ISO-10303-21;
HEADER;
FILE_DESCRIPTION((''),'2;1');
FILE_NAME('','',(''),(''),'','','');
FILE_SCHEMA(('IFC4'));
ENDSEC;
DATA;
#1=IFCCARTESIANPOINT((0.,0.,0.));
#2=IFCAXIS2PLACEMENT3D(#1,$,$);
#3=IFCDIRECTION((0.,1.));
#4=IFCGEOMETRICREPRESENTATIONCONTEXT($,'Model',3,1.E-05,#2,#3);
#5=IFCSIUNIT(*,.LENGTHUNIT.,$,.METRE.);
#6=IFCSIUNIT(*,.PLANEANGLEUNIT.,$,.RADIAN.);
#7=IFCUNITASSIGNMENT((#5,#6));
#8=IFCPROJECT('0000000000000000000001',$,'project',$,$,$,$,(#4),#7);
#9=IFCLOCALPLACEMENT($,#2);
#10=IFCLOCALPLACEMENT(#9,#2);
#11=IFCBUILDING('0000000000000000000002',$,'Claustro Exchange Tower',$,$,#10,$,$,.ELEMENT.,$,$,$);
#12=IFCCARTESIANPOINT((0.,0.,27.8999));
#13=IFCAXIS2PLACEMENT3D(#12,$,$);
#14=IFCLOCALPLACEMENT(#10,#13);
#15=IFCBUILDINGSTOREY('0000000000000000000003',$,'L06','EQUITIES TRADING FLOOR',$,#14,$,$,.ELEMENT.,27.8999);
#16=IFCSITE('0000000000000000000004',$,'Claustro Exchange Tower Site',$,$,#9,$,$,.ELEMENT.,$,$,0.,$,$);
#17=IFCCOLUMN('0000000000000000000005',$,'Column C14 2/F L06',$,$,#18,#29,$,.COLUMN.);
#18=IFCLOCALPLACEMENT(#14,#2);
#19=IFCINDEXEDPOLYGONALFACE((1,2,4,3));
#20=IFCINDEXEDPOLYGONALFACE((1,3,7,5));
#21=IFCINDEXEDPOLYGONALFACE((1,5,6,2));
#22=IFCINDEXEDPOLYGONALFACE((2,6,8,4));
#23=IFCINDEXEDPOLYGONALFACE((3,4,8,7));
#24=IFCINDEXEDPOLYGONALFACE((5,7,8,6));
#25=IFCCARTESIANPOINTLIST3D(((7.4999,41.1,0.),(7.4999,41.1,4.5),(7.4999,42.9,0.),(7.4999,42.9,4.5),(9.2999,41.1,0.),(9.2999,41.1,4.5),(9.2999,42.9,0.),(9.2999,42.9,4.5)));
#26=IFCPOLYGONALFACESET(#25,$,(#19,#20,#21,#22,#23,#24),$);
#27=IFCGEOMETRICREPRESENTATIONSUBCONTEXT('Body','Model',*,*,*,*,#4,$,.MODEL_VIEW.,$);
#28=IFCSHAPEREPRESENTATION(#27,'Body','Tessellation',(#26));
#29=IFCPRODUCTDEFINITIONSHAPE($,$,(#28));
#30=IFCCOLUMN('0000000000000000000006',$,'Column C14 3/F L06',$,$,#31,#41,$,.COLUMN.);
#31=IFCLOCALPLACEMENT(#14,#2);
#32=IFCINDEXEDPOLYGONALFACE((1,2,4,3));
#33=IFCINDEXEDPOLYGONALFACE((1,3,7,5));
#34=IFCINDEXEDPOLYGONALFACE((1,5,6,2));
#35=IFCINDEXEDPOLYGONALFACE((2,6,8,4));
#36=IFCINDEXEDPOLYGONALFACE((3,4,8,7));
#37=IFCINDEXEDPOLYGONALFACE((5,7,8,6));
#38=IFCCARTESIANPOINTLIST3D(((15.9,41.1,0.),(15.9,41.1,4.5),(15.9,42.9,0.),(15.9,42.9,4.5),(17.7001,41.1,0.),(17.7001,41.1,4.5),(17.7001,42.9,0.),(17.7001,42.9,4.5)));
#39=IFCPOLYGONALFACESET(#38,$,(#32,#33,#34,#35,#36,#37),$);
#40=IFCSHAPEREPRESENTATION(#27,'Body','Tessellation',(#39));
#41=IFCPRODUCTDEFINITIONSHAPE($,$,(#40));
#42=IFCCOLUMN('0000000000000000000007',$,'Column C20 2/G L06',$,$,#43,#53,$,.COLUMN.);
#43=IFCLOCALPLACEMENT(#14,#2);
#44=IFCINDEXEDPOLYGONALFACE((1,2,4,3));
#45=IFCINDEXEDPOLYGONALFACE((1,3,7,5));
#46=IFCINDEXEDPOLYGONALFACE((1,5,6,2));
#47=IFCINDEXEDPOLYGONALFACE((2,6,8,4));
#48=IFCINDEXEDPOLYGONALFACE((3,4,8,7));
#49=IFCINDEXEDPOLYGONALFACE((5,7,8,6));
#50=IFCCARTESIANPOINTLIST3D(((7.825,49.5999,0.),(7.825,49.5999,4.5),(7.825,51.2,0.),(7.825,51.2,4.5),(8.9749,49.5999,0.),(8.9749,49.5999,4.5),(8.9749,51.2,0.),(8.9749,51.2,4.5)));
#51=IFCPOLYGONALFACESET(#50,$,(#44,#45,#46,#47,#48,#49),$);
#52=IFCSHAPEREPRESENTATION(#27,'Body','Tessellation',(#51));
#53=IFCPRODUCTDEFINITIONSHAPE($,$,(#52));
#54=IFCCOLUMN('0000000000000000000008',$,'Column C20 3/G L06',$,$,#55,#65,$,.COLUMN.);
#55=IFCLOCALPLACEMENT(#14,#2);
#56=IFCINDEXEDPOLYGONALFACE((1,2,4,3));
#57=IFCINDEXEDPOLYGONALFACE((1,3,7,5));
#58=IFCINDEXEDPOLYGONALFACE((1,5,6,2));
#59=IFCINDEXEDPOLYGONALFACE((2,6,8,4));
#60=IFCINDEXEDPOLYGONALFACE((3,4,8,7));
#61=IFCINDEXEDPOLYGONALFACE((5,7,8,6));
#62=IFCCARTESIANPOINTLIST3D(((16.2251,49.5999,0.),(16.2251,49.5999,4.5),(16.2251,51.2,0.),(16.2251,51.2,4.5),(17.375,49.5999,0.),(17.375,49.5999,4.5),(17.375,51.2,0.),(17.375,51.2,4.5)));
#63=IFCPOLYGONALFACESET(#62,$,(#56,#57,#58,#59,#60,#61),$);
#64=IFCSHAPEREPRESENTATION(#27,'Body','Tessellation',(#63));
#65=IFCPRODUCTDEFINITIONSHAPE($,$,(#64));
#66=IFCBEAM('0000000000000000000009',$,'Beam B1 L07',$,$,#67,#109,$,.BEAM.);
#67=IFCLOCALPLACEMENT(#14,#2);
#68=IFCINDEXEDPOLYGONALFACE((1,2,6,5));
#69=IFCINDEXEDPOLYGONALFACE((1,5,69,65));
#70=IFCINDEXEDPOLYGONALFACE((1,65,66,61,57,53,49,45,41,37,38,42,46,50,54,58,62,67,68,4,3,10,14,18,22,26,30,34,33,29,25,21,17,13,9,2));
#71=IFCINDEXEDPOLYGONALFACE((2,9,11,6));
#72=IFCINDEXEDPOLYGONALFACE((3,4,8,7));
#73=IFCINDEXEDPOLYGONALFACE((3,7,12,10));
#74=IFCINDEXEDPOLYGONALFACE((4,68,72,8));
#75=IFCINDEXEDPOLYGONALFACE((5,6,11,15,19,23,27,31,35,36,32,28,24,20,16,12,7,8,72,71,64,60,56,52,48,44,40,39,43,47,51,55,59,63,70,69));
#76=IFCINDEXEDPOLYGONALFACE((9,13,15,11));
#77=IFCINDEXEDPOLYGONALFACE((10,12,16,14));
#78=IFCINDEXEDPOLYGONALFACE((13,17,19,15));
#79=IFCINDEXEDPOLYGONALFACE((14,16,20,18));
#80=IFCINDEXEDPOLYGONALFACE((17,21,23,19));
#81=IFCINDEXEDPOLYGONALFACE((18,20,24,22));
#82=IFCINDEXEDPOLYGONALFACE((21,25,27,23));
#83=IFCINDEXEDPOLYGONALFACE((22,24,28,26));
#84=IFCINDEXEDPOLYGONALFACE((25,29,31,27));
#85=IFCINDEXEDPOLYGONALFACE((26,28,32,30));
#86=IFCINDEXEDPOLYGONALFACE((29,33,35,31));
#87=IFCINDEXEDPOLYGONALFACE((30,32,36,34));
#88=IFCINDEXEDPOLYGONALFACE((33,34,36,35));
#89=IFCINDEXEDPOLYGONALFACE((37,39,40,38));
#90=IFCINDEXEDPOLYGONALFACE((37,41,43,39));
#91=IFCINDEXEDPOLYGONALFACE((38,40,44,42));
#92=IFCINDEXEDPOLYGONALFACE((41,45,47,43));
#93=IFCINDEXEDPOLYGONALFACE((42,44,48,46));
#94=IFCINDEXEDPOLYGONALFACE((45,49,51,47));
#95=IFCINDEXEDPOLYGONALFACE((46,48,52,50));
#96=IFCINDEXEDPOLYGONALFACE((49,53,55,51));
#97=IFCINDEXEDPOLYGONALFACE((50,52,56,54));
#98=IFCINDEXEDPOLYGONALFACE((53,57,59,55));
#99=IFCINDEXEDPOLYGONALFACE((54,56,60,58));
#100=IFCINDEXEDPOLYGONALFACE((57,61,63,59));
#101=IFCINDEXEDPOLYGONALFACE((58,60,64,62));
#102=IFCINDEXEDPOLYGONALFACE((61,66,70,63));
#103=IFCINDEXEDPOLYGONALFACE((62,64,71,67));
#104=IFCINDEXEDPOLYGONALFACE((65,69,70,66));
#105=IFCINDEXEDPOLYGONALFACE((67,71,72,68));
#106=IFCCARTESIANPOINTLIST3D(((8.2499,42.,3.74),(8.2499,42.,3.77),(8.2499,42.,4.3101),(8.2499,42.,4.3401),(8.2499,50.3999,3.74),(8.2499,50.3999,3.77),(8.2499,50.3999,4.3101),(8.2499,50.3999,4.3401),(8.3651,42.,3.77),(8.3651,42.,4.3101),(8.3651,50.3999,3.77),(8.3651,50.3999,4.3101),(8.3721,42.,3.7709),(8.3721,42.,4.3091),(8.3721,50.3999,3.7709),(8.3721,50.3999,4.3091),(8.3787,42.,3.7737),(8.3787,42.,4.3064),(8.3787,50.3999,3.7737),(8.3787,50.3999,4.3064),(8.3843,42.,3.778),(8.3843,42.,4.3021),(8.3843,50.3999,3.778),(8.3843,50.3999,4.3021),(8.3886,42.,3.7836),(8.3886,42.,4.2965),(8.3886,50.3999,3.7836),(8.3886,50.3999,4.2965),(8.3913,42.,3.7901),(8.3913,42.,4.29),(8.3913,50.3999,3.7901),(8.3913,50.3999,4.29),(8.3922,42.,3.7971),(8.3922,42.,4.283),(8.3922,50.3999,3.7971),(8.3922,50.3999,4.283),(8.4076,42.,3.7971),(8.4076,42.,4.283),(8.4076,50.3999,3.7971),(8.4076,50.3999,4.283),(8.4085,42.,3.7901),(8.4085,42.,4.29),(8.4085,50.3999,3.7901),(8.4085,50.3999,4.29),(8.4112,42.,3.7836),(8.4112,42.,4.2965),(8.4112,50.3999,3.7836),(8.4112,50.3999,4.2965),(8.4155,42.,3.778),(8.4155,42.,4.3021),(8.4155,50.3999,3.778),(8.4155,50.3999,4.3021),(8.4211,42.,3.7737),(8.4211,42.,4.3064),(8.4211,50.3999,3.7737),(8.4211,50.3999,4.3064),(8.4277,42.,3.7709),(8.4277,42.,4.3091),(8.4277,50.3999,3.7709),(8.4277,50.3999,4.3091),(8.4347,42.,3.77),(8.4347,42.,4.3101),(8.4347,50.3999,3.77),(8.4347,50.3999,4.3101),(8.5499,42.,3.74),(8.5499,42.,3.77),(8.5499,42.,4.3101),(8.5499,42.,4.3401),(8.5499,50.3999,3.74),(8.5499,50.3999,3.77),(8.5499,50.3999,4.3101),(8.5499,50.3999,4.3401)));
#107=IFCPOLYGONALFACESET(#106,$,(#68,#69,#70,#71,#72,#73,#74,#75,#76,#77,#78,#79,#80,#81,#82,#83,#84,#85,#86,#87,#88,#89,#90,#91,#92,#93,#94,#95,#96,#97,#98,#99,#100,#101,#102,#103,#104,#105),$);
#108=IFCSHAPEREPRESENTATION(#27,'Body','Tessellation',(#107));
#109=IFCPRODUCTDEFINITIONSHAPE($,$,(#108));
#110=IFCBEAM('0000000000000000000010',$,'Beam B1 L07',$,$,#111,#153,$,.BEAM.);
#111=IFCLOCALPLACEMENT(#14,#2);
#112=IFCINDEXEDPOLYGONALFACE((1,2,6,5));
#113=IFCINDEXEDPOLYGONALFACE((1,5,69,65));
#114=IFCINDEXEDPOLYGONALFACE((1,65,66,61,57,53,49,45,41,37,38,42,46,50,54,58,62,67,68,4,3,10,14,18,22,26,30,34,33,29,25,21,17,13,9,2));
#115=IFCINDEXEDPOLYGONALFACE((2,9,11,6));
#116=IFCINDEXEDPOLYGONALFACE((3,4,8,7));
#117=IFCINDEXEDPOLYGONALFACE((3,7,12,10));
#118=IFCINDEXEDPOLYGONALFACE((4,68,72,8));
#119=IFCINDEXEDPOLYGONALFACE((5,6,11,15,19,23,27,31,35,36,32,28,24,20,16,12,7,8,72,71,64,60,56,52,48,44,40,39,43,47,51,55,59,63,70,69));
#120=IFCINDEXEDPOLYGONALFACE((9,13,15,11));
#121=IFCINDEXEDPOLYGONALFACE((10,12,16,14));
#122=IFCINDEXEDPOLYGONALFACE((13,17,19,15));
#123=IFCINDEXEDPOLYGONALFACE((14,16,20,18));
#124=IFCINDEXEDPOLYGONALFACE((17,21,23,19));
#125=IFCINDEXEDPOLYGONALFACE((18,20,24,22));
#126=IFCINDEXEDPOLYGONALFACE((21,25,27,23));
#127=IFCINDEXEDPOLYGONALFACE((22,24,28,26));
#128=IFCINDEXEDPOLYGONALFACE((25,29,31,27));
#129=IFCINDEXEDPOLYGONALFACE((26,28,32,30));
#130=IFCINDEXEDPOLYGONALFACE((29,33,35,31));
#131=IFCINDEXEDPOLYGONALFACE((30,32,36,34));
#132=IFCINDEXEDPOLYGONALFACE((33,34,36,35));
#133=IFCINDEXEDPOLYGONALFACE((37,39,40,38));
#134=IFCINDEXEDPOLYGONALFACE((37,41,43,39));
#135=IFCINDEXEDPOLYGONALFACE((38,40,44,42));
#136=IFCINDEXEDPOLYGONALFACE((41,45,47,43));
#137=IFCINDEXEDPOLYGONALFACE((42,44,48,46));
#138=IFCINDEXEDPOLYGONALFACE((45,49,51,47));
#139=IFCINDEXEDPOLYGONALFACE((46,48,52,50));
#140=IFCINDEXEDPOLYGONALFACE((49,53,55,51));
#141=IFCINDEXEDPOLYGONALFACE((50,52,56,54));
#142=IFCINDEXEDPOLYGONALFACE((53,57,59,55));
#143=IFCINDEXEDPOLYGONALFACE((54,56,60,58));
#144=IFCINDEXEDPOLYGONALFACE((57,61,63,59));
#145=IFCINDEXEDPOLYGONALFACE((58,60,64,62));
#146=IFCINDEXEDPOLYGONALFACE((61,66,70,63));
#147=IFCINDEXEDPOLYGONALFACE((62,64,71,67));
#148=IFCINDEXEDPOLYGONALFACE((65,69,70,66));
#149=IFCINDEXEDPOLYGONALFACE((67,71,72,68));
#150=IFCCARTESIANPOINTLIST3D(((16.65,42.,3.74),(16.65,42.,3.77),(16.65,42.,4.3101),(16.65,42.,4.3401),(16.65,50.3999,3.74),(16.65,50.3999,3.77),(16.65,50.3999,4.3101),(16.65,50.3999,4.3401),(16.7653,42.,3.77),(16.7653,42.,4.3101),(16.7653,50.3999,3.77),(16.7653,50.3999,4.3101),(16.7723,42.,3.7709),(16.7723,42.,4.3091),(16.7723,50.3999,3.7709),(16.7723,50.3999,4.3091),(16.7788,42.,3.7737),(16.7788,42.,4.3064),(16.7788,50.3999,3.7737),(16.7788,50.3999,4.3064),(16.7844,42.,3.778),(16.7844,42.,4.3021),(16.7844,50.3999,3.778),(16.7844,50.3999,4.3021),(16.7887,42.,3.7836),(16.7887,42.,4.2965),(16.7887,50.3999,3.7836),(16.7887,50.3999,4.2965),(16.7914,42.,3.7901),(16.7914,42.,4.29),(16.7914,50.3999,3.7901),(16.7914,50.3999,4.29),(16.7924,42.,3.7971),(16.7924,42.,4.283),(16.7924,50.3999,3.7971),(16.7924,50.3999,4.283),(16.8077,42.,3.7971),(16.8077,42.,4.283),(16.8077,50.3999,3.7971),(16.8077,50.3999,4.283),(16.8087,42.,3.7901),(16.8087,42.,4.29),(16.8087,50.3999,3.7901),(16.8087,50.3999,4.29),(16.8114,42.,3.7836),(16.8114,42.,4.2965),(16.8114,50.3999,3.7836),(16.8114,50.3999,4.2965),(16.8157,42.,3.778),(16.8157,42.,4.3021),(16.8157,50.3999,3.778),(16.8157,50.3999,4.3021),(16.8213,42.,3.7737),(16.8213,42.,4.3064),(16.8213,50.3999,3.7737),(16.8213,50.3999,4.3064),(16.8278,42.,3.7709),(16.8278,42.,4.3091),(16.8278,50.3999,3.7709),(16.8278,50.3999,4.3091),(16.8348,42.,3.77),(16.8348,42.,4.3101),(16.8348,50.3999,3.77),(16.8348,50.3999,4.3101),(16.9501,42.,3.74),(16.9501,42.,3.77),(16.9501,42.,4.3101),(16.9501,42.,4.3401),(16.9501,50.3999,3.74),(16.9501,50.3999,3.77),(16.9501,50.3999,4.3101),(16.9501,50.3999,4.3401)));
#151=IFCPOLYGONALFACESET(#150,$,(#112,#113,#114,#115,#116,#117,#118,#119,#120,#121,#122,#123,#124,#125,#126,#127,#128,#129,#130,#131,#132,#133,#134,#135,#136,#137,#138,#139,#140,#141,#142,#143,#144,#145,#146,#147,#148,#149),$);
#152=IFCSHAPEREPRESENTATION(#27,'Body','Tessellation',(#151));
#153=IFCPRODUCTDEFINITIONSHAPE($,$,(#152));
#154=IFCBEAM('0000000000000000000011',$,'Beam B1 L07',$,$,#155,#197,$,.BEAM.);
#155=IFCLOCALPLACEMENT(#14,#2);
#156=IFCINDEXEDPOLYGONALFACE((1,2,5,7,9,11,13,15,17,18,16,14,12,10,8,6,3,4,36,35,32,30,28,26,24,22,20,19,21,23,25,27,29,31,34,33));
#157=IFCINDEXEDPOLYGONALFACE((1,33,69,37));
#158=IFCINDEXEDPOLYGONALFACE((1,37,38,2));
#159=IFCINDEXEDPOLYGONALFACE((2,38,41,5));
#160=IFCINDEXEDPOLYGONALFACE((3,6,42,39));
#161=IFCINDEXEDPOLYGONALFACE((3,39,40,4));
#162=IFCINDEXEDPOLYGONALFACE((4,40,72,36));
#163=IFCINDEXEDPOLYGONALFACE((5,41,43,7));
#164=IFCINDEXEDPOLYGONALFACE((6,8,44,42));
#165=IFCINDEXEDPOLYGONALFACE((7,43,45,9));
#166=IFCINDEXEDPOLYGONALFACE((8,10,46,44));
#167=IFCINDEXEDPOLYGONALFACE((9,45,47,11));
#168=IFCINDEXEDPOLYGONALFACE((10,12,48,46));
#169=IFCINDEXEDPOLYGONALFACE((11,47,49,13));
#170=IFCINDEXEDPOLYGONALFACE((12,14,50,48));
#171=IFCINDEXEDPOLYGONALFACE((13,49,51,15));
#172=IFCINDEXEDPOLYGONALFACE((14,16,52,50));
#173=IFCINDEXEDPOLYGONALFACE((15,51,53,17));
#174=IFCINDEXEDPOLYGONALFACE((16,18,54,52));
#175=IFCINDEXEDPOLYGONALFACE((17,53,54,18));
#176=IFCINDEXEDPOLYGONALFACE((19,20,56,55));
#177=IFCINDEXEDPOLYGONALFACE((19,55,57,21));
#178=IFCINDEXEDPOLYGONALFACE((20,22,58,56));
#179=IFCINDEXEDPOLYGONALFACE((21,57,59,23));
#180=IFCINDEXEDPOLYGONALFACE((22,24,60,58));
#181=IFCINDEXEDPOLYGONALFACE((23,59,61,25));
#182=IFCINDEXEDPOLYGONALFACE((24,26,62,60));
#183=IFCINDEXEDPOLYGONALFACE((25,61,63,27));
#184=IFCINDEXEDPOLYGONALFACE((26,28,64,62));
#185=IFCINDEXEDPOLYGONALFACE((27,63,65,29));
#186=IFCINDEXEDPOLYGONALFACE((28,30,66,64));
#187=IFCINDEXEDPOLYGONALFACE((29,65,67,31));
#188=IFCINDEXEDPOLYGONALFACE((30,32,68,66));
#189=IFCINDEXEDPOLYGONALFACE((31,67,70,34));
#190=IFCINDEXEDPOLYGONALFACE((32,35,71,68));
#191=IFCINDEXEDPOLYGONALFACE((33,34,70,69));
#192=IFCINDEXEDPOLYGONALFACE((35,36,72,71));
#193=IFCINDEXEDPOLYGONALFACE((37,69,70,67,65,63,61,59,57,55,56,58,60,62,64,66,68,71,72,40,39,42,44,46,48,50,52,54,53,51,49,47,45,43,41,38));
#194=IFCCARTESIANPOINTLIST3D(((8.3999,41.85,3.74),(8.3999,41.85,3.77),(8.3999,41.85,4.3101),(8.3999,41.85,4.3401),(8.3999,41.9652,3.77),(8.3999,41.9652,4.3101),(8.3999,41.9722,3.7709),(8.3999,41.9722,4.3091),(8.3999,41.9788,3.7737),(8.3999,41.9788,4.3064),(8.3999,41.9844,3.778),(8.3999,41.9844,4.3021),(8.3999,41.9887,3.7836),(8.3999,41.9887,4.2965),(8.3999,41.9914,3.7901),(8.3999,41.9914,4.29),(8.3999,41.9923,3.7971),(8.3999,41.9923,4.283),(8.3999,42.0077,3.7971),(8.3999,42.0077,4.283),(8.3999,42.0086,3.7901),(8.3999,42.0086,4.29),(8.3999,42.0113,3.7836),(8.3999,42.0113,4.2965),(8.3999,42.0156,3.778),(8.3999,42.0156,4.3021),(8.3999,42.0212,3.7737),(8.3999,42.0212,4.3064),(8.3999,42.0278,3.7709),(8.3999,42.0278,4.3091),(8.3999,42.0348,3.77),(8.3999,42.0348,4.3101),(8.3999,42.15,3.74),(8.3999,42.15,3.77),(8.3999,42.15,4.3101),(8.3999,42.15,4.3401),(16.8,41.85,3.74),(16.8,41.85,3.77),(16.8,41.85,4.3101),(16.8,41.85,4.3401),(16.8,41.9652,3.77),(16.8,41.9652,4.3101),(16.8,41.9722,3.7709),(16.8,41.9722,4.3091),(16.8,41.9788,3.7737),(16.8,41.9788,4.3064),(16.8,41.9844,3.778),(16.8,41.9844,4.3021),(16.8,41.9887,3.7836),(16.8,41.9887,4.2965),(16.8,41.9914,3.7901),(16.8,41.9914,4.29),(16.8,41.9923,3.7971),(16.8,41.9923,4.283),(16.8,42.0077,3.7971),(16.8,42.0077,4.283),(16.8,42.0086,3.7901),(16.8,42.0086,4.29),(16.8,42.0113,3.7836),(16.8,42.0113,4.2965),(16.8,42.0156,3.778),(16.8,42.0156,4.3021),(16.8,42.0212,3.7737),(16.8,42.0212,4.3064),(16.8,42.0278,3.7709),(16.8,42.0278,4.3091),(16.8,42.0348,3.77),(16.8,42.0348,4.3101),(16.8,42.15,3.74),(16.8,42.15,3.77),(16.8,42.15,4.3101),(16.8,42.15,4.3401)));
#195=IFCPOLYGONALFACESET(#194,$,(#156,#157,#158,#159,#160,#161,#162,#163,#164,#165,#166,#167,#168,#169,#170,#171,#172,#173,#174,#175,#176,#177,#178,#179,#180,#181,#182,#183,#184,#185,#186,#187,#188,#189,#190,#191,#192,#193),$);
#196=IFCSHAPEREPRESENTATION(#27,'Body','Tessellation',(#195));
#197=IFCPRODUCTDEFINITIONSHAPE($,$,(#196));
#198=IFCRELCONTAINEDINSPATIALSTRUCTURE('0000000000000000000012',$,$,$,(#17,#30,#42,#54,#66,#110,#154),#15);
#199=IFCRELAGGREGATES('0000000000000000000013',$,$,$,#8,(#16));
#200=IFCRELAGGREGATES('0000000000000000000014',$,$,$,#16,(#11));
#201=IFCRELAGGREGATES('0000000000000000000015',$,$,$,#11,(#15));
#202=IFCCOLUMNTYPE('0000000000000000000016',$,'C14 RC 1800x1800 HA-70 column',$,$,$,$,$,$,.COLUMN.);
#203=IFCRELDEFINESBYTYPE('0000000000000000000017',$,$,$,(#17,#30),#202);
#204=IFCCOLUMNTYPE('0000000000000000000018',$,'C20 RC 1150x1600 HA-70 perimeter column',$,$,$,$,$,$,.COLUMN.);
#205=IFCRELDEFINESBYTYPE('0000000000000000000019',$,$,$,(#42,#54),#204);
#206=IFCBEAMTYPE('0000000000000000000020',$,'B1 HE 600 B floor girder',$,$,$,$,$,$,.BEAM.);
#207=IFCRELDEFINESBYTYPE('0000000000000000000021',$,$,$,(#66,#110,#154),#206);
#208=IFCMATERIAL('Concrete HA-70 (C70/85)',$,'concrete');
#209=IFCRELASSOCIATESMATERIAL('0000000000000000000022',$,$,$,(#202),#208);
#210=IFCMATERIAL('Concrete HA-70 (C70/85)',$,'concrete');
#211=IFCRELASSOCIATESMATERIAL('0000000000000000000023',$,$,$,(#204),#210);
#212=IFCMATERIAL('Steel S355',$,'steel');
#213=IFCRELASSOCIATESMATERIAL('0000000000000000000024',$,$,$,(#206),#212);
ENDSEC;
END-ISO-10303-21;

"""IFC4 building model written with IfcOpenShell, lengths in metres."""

from ifc_helpers import new_model, si_unit, direction, frame, origin, origin_2d, place, context, subcontext, project, spatial, rectangle, i_section, extrude, material, material_profile, profile_set, type_object, element, save


model = new_model("IFC4")

# Units and contexts
model_context = context("Model", 3, precision=1e-05, world=origin(), true_north=direction((0.0, 1.0)))
body_context = subcontext(model_context, "Body", "Model", "MODEL_VIEW")
ifc_project = project(units=[si_unit("LENGTHUNIT", "METRE"), si_unit("PLANEANGLEUNIT", "RADIAN")], contexts=[model_context])

# Site, building, storey
site_placement = place(None, origin())
site = spatial("IfcSite", under=ifc_project, at=site_placement, Name="Claustro Exchange Tower Site", CompositionType="ELEMENT", RefElevation=0.0)
building_placement = place(site_placement, origin())
building = spatial("IfcBuilding", under=site, at=building_placement, Name="Claustro Exchange Tower", CompositionType="ELEMENT")
storey_placement = place(building_placement, frame((0.0, 0.0, 27.8999)))
storey = spatial("IfcBuildingStorey", under=building, at=storey_placement, Name="L06", Description="EQUITIES TRADING FLOOR", CompositionType="ELEMENT", Elevation=27.8999)

# Columns
ifc_material_1 = material(Name="Concrete HA-70 (C70/85)", Category="concrete")
ifc_material_profile_1 = material_profile(ifc_material_1, rectangle(XDim=1.8, YDim=1.8, at=origin_2d()), Name="RC 1800x1800")
ifc_profile_set_1 = profile_set([ifc_material_profile_1], Name="Concrete HA-70 (C70/85)")
column_type_1 = type_object("IfcColumnType", Name="C14 RC 1800x1800 HA-70 column", PredefinedType="COLUMN", material=ifc_profile_set_1)
for number, where, z_axis, x_axis, name in (
    (1, (8.3999, 42.0, 0.0), (0.0, 0.0, 1.0), (1.0, 0.0, 0.0), "Column C14 2/F L06"),
    (2, (16.8, 42.0, 0.0), (0.0, 0.0, 1.0), (1.0, 0.0, 0.0), "Column C14 3/F L06"),
):
    element("IfcColumn", number, at=place(storey_placement, frame(where, z_axis=z_axis, x_axis=x_axis)), inside=storey, type_object=column_type_1, Name=name, PredefinedType="COLUMN", context=body_context, shape_type="SweptSolid", body=[
        extrude(rectangle(XDim=1.8, YDim=1.8, at=origin_2d()), origin(), (0.0, 0.0, 1.0), 4.5),
    ])
ifc_material_2 = material(Name="Concrete HA-70 (C70/85)", Category="concrete")
ifc_material_profile_2 = material_profile(ifc_material_2, rectangle(XDim=1.1499, YDim=1.6001, at=origin_2d()), Name="RC 1150x1600")
ifc_profile_set_2 = profile_set([ifc_material_profile_2], Name="Concrete HA-70 (C70/85)")
column_type_2 = type_object("IfcColumnType", Name="C20 RC 1150x1600 HA-70 perimeter column", PredefinedType="COLUMN", material=ifc_profile_set_2)
for number, where, z_axis, x_axis, name in (
    (3, (8.3999, 50.3999, 0.0), (0.0, 0.0, 1.0), (1.0, 0.0, 0.0), "Column C20 2/G L06"),
    (4, (16.8, 50.3999, 0.0), (0.0, 0.0, 1.0), (1.0, 0.0, 0.0), "Column C20 3/G L06"),
):
    element("IfcColumn", number, at=place(storey_placement, frame(where, z_axis=z_axis, x_axis=x_axis)), inside=storey, type_object=column_type_2, Name=name, PredefinedType="COLUMN", context=body_context, shape_type="SweptSolid", body=[
        extrude(rectangle(XDim=1.1499, YDim=1.6001, at=origin_2d()), origin(), (0.0, 0.0, 1.0), 4.5),
    ])

# Beams
ifc_material_3 = material(Name="Steel S355", Category="steel")
ifc_material_profile_3 = material_profile(ifc_material_3, i_section(OverallWidth=0.3, OverallDepth=0.6001, WebThickness=0.0154, FlangeThickness=0.03, FilletRadius=0.0271, at=origin_2d()), Name="HE 600 B")
ifc_profile_set_3 = profile_set([ifc_material_profile_3], Name="Steel S355")
beam_type_1 = type_object("IfcBeamType", Name="B1 HE 600 B floor girder", PredefinedType="BEAM", material=ifc_profile_set_3)
for number, where, z_axis, x_axis, name in (
    (5, (8.3999, 42.0, 4.04), (0.0, 1.0, 0.0), (-1.0, 0.0, 0.0), "Beam B1 L07"),
    (6, (16.8, 42.0, 4.04), (0.0, 1.0, 0.0), (-1.0, 0.0, 0.0), "Beam B1 L07"),
):
    element("IfcBeam", number, at=place(storey_placement, frame(where, z_axis=z_axis, x_axis=x_axis)), inside=storey, type_object=beam_type_1, Name=name, PredefinedType="BEAM", context=body_context, shape_type="SweptSolid", body=[
        extrude(i_section(OverallWidth=0.3, OverallDepth=0.6001, WebThickness=0.0154, FlangeThickness=0.03, FilletRadius=0.0271, at=origin_2d()), origin(), (0.0, 0.0, 1.0), 8.3999),
    ])
beam_1_placement = place(storey_placement, frame((8.3999, 42.0, 4.04), z_axis=(1.0, 0.0, 0.0), x_axis=(0.0, 1.0, 0.0)))
element("IfcBeam", 7, at=beam_1_placement, inside=storey, type_object=beam_type_1, Name="Beam B1 L07", PredefinedType="BEAM", context=body_context, shape_type="SweptSolid", body=[
    extrude(i_section(OverallWidth=0.3, OverallDepth=0.6001, WebThickness=0.0154, FlangeThickness=0.03, FilletRadius=0.0271, at=origin_2d()), origin(), (0.0, 0.0, 1.0), 8.4001),
])

save(model, "model.ifc")
